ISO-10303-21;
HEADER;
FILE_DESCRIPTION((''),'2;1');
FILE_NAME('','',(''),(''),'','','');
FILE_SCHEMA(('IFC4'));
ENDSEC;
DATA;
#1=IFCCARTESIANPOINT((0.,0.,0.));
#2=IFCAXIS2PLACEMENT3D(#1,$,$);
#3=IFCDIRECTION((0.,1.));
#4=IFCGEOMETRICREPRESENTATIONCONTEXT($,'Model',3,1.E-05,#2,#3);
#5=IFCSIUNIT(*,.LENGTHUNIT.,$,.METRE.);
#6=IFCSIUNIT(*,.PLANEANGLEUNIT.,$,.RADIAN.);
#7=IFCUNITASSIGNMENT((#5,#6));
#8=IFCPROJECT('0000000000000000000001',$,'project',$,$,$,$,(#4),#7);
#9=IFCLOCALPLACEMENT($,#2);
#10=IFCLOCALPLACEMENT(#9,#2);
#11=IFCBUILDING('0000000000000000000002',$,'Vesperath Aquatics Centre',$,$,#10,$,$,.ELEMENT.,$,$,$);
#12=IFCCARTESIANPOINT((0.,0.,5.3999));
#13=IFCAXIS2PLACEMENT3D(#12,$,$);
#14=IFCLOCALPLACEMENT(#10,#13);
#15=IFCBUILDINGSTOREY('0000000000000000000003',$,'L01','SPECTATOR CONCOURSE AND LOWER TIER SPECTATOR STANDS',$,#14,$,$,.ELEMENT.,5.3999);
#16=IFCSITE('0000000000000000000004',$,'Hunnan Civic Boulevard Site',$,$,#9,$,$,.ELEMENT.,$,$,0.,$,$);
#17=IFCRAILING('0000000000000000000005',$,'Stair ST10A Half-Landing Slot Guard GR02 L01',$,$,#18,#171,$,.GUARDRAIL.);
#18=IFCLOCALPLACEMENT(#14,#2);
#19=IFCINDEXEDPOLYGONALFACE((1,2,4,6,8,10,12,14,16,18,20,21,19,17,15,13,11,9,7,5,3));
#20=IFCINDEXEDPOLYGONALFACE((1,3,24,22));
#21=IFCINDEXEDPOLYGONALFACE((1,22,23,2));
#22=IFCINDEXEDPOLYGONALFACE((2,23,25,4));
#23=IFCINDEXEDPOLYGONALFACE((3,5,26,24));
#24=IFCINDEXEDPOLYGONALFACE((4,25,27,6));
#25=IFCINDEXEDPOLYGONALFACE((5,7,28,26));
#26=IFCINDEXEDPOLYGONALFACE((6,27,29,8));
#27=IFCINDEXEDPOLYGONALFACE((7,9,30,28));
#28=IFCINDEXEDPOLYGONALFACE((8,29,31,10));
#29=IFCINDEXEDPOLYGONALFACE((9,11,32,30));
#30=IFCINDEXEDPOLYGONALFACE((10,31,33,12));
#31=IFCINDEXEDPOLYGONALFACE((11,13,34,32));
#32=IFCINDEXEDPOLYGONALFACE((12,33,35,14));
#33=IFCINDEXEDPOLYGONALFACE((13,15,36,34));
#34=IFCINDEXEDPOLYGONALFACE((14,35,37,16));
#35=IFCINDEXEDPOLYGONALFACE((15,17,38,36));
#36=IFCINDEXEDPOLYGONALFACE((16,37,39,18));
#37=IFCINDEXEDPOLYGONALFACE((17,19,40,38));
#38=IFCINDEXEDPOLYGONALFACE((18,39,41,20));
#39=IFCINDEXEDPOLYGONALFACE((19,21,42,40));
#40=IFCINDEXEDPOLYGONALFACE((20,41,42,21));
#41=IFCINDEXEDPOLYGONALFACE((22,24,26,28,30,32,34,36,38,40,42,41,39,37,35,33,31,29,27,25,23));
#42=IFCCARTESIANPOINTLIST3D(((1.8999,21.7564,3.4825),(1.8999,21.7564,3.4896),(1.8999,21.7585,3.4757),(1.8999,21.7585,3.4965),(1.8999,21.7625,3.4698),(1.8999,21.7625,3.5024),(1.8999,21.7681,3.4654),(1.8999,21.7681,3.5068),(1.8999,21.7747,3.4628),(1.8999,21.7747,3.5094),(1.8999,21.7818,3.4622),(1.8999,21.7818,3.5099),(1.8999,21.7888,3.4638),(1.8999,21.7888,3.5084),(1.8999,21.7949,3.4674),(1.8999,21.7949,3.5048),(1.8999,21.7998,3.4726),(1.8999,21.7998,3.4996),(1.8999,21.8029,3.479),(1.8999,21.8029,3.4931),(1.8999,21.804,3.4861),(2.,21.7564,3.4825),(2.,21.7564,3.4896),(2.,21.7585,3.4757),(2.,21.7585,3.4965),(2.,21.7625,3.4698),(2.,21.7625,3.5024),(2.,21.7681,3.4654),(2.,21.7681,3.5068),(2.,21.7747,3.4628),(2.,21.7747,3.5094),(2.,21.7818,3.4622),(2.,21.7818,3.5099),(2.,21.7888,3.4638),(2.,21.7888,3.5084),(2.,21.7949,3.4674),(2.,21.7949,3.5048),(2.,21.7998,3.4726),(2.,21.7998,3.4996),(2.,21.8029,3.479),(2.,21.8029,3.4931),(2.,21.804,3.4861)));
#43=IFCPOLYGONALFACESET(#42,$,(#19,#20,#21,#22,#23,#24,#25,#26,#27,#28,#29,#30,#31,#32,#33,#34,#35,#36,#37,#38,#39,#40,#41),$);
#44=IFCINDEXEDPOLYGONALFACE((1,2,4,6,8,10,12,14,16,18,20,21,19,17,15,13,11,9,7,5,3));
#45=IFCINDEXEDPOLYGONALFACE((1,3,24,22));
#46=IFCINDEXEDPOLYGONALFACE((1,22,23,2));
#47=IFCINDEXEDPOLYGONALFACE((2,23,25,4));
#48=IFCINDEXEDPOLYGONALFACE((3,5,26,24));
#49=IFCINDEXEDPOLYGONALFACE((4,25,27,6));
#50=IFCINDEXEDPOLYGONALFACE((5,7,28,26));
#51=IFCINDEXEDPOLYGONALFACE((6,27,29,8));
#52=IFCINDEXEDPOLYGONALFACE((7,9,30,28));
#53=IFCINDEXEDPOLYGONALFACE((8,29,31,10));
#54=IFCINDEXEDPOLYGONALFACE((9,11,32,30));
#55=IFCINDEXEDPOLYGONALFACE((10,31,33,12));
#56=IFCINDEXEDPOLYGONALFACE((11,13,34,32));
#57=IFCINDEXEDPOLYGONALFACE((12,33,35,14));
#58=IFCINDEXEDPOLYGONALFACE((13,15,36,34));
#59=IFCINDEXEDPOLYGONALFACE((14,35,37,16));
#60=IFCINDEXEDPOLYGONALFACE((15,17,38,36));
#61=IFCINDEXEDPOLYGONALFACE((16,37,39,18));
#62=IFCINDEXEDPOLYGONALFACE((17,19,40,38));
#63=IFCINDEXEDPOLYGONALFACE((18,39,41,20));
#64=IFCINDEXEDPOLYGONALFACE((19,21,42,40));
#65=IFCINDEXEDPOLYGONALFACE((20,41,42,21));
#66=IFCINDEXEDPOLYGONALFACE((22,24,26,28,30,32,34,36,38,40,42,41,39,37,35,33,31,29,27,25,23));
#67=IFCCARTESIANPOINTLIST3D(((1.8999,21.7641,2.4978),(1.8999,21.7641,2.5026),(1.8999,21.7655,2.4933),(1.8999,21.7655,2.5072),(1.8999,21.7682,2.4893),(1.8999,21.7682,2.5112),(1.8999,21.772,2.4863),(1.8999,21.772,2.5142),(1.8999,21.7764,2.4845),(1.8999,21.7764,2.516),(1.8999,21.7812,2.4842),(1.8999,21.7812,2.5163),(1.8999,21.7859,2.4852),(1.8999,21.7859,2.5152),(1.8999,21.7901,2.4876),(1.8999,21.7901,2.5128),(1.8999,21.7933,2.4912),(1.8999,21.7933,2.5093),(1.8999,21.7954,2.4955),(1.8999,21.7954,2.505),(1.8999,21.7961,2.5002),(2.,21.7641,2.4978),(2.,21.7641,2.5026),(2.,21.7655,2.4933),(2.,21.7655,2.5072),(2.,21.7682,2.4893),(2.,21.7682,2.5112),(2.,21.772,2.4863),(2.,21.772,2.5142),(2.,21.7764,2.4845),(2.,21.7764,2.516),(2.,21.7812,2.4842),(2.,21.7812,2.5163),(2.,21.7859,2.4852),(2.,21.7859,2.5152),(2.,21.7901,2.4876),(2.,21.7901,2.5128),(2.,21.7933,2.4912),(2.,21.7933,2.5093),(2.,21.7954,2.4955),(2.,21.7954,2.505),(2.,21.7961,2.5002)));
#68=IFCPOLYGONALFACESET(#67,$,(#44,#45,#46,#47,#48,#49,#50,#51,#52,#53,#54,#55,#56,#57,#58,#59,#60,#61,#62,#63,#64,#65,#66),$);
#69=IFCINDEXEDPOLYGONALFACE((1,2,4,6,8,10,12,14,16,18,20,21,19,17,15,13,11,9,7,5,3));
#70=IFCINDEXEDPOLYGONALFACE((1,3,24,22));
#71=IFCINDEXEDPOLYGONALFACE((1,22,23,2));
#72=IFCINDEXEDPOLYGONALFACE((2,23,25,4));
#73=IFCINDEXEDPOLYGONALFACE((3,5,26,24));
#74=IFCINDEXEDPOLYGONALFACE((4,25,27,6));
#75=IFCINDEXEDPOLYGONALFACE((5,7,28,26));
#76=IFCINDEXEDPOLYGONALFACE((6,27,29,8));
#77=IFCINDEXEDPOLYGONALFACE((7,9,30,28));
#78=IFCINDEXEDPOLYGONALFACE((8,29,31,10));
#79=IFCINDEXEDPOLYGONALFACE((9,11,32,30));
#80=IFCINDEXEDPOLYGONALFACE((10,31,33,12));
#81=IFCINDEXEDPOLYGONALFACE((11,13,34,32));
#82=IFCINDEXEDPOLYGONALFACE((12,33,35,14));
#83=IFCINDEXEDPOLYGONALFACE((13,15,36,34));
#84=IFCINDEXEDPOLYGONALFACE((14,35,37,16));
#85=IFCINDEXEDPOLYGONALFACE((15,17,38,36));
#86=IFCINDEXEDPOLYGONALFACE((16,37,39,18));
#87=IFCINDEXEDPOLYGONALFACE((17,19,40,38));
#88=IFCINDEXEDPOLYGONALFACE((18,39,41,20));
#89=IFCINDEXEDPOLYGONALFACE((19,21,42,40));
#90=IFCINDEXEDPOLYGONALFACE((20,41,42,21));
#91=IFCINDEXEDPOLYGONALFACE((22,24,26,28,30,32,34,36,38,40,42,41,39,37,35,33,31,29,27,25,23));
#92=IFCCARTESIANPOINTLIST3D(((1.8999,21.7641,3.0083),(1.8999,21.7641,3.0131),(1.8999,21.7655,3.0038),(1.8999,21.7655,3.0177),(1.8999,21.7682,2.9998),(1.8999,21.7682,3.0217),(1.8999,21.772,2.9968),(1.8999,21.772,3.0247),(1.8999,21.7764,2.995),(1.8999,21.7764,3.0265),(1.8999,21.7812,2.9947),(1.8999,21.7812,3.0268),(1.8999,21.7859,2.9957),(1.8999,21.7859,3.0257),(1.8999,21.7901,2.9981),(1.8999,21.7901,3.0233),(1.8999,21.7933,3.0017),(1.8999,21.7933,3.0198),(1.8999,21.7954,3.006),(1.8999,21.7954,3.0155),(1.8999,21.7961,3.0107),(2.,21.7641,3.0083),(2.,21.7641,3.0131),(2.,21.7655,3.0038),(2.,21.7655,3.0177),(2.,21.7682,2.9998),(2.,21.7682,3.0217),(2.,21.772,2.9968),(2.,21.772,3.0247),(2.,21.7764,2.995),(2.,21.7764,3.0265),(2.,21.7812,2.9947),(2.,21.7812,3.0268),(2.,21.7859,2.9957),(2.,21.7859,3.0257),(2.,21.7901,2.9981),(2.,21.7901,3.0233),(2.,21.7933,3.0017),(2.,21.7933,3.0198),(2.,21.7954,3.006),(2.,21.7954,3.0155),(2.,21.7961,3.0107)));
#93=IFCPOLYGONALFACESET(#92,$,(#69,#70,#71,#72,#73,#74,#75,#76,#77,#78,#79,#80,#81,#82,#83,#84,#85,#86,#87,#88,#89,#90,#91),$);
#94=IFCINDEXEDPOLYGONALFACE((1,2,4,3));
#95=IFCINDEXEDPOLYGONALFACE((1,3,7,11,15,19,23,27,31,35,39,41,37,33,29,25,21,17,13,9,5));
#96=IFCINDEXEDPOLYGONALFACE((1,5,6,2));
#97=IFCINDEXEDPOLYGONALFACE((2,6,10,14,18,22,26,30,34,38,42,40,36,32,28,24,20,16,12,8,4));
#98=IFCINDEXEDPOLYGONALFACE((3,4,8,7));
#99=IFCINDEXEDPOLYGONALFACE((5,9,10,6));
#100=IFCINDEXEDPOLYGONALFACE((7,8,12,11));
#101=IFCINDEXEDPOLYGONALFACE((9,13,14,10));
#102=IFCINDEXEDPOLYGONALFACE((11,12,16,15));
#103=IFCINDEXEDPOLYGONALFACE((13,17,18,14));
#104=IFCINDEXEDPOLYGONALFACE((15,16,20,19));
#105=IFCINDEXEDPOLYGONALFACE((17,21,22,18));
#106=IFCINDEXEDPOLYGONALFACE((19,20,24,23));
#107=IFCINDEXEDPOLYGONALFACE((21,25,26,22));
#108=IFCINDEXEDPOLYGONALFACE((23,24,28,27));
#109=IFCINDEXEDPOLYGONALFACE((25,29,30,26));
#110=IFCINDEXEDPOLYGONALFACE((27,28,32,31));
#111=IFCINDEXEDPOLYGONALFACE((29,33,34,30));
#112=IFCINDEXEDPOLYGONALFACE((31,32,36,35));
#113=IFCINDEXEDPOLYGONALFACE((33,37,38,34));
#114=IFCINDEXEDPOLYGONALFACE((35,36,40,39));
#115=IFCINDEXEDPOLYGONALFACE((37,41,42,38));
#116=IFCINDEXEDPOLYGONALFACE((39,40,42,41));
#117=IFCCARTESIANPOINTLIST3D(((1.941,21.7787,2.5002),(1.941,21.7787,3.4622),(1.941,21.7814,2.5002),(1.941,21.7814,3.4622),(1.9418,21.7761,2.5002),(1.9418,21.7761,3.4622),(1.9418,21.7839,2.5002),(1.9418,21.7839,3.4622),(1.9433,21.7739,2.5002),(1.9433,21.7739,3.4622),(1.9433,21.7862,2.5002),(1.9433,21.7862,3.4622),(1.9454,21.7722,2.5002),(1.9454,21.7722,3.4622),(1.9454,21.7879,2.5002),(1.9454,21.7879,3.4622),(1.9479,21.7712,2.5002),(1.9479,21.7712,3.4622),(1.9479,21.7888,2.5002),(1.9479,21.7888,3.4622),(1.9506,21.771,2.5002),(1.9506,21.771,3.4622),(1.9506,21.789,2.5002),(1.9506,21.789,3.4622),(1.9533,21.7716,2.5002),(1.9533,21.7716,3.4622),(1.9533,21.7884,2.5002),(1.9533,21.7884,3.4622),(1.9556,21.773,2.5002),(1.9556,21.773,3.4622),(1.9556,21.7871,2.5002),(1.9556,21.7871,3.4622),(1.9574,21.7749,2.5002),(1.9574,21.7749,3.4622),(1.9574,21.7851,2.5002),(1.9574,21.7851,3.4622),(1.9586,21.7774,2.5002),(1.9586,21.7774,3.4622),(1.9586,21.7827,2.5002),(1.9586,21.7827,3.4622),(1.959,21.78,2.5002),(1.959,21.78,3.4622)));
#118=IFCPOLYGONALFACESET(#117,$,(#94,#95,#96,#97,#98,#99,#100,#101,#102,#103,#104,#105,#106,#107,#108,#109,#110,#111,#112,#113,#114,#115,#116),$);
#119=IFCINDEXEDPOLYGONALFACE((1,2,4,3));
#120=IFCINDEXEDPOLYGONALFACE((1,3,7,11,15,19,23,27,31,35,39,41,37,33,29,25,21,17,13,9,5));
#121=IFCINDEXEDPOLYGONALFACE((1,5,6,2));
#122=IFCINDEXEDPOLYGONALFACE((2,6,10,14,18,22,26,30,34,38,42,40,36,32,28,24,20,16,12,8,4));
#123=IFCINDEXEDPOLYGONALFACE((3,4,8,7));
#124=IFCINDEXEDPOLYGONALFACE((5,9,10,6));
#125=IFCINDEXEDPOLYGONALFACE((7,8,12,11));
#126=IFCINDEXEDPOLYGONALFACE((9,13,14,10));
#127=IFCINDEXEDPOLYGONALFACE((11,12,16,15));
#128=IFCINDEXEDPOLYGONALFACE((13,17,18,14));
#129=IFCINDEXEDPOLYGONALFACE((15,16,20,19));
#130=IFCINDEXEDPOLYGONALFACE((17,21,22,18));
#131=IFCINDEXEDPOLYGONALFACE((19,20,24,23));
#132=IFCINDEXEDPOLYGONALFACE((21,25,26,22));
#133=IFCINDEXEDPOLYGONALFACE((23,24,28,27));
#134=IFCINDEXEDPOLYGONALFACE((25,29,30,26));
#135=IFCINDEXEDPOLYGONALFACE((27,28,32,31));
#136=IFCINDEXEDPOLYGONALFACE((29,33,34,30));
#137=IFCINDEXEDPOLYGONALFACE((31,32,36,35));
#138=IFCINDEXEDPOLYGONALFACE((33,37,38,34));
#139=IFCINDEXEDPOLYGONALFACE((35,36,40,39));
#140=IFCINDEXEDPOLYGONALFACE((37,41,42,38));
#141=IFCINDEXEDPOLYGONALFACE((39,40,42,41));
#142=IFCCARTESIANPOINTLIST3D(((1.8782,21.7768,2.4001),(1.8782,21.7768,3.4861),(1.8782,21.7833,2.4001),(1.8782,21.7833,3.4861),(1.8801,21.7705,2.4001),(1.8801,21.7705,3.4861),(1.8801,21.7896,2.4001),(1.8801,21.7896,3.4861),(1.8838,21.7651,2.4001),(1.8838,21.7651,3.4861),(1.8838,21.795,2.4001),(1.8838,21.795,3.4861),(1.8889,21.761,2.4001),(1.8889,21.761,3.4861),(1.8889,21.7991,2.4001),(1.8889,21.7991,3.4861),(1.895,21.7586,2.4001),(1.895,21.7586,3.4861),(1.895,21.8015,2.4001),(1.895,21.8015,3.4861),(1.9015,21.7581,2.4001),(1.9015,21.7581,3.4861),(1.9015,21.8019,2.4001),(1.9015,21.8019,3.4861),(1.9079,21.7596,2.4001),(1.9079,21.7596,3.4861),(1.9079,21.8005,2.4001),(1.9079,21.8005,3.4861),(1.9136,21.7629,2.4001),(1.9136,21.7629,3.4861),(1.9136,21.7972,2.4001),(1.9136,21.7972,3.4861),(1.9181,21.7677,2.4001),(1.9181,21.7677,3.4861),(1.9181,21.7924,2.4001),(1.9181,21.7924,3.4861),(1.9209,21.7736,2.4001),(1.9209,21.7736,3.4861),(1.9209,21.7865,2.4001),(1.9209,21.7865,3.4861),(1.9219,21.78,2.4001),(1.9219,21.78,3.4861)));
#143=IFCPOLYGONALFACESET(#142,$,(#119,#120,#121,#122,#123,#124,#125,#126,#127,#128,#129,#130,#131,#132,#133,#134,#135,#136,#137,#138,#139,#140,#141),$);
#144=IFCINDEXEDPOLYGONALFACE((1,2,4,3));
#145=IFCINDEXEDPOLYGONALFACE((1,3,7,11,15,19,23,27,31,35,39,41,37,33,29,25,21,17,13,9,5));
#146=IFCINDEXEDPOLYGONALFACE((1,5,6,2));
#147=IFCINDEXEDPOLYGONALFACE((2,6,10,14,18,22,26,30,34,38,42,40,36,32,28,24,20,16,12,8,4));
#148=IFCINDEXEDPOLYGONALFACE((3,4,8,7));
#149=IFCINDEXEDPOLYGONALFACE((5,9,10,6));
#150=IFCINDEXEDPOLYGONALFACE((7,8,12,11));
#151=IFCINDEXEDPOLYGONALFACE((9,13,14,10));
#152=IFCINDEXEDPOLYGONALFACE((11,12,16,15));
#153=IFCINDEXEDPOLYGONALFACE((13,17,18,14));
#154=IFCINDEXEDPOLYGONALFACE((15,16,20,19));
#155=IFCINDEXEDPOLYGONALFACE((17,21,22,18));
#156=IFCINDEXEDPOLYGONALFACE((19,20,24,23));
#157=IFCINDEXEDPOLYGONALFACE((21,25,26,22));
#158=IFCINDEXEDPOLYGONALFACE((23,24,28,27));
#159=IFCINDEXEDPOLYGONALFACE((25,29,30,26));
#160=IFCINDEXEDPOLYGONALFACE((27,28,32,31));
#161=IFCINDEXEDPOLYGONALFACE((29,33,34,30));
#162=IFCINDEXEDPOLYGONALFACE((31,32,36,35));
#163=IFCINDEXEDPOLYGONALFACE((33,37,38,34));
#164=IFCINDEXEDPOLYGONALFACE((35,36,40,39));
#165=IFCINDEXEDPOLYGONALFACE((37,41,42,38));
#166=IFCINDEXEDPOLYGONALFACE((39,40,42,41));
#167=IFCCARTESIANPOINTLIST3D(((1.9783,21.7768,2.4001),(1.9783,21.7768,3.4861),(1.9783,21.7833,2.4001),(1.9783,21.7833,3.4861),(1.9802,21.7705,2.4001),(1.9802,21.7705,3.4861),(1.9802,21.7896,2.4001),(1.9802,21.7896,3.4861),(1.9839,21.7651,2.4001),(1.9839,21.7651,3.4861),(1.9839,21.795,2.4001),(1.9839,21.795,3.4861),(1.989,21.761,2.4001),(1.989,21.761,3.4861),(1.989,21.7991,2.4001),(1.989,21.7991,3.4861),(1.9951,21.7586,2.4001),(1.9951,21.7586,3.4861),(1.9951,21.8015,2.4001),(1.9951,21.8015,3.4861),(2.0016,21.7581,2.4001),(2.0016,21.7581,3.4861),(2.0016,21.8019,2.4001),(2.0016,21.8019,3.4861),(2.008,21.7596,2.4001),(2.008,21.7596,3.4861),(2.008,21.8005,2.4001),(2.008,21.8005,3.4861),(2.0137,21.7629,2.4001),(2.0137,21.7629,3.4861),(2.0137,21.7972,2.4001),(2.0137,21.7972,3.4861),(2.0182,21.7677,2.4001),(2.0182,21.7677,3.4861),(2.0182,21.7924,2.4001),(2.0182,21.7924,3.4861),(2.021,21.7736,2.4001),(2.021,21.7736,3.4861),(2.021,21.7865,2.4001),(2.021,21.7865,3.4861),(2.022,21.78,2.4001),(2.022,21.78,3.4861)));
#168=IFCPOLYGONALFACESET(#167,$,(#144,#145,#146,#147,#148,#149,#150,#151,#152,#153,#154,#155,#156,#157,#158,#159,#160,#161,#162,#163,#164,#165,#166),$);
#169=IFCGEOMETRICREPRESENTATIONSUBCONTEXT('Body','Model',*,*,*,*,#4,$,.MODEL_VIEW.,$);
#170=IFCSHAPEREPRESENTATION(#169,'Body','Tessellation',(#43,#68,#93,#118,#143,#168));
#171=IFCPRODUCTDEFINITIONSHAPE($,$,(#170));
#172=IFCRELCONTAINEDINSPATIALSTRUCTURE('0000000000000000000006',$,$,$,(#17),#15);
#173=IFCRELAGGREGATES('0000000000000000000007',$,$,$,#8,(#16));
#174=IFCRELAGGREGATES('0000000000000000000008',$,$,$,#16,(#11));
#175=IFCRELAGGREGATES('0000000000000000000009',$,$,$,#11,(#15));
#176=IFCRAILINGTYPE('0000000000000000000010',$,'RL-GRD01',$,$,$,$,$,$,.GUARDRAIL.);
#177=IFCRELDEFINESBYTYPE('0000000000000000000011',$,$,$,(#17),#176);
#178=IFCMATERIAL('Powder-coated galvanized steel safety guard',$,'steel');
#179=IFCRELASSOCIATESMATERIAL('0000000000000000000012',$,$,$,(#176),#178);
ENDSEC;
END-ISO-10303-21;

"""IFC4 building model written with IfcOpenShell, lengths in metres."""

from ifc_helpers import new_model, si_unit, direction, frame, origin, origin_2d, place, context, subcontext, project, spatial, circle, extrude, material, type_object, element, save


model = new_model("IFC4")

# Units and contexts
model_context = context("Model", 3, precision=1e-05, world=origin(), true_north=direction((0.0, 1.0)))
body_context = subcontext(model_context, "Body", "Model", "MODEL_VIEW")
ifc_project = project(units=[si_unit("LENGTHUNIT", "METRE"), si_unit("PLANEANGLEUNIT", "RADIAN")], contexts=[model_context])

# Site, building, storey
site_placement = place(None, origin())
site = spatial("IfcSite", under=ifc_project, at=site_placement, Name="Hunnan Civic Boulevard Site", CompositionType="ELEMENT", RefElevation=0.0)
building_placement = place(site_placement, origin())
building = spatial("IfcBuilding", under=site, at=building_placement, Name="Vesperath Aquatics Centre", CompositionType="ELEMENT")
storey_placement = place(building_placement, frame((0.0, 0.0, 5.3999)))
storey = spatial("IfcBuildingStorey", under=building, at=storey_placement, Name="L01", Description="SPECTATOR CONCOURSE AND LOWER TIER SPECTATOR STANDS", CompositionType="ELEMENT", Elevation=5.3999)

# Railing
ifc_material_1 = material(Name="Powder-coated galvanized steel safety guard", Category="steel")
railing_type_1 = type_object("IfcRailingType", Name="RL-GRD01", PredefinedType="GUARDRAIL", material=ifc_material_1)
railing_1_placement = place(storey_placement, frame((1.8999, 21.78, 2.4001)))
element("IfcRailing", 1, at=railing_1_placement, inside=storey, type_object=railing_type_1, Name="Stair ST10A Half-Landing Slot Guard GR02 L01", PredefinedType="GUARDRAIL", context=body_context, shape_type="SweptSolid", body=[
    extrude(circle(Radius=0.0239, at=origin_2d()), frame((0.0, 0.0, 1.0859), z_axis=(1.0, 0.0, 0.0), x_axis=(0.0, 1.0, 0.0)), (0.0, 0.0, 1.0), 0.1001),
    extrude(circle(Radius=0.0161, at=origin_2d()), frame((0.0, 0.0, 0.1001), z_axis=(1.0, 0.0, 0.0), x_axis=(0.0, 1.0, 0.0)), (0.0, 0.0, 1.0), 0.1001),
    extrude(circle(Radius=0.0161, at=origin_2d()), frame((0.0, 0.0, 0.6106), z_axis=(1.0, 0.0, 0.0), x_axis=(0.0, 1.0, 0.0)), (0.0, 0.0, 1.0), 0.1001),
    extrude(circle(Radius=0.009, at=origin_2d()), frame((0.05, 0.0, 0.1001)), (0.0, 0.0, 1.0), 0.9619),
    extrude(circle(Radius=0.022, at=origin_2d()), origin(), (0.0, 0.0, 1.0), 1.0859),
    extrude(circle(Radius=0.022, at=origin_2d()), frame((0.1001, 0.0, 0.0)), (0.0, 0.0, 1.0), 1.0859),
])

save(model, "model.ifc")
